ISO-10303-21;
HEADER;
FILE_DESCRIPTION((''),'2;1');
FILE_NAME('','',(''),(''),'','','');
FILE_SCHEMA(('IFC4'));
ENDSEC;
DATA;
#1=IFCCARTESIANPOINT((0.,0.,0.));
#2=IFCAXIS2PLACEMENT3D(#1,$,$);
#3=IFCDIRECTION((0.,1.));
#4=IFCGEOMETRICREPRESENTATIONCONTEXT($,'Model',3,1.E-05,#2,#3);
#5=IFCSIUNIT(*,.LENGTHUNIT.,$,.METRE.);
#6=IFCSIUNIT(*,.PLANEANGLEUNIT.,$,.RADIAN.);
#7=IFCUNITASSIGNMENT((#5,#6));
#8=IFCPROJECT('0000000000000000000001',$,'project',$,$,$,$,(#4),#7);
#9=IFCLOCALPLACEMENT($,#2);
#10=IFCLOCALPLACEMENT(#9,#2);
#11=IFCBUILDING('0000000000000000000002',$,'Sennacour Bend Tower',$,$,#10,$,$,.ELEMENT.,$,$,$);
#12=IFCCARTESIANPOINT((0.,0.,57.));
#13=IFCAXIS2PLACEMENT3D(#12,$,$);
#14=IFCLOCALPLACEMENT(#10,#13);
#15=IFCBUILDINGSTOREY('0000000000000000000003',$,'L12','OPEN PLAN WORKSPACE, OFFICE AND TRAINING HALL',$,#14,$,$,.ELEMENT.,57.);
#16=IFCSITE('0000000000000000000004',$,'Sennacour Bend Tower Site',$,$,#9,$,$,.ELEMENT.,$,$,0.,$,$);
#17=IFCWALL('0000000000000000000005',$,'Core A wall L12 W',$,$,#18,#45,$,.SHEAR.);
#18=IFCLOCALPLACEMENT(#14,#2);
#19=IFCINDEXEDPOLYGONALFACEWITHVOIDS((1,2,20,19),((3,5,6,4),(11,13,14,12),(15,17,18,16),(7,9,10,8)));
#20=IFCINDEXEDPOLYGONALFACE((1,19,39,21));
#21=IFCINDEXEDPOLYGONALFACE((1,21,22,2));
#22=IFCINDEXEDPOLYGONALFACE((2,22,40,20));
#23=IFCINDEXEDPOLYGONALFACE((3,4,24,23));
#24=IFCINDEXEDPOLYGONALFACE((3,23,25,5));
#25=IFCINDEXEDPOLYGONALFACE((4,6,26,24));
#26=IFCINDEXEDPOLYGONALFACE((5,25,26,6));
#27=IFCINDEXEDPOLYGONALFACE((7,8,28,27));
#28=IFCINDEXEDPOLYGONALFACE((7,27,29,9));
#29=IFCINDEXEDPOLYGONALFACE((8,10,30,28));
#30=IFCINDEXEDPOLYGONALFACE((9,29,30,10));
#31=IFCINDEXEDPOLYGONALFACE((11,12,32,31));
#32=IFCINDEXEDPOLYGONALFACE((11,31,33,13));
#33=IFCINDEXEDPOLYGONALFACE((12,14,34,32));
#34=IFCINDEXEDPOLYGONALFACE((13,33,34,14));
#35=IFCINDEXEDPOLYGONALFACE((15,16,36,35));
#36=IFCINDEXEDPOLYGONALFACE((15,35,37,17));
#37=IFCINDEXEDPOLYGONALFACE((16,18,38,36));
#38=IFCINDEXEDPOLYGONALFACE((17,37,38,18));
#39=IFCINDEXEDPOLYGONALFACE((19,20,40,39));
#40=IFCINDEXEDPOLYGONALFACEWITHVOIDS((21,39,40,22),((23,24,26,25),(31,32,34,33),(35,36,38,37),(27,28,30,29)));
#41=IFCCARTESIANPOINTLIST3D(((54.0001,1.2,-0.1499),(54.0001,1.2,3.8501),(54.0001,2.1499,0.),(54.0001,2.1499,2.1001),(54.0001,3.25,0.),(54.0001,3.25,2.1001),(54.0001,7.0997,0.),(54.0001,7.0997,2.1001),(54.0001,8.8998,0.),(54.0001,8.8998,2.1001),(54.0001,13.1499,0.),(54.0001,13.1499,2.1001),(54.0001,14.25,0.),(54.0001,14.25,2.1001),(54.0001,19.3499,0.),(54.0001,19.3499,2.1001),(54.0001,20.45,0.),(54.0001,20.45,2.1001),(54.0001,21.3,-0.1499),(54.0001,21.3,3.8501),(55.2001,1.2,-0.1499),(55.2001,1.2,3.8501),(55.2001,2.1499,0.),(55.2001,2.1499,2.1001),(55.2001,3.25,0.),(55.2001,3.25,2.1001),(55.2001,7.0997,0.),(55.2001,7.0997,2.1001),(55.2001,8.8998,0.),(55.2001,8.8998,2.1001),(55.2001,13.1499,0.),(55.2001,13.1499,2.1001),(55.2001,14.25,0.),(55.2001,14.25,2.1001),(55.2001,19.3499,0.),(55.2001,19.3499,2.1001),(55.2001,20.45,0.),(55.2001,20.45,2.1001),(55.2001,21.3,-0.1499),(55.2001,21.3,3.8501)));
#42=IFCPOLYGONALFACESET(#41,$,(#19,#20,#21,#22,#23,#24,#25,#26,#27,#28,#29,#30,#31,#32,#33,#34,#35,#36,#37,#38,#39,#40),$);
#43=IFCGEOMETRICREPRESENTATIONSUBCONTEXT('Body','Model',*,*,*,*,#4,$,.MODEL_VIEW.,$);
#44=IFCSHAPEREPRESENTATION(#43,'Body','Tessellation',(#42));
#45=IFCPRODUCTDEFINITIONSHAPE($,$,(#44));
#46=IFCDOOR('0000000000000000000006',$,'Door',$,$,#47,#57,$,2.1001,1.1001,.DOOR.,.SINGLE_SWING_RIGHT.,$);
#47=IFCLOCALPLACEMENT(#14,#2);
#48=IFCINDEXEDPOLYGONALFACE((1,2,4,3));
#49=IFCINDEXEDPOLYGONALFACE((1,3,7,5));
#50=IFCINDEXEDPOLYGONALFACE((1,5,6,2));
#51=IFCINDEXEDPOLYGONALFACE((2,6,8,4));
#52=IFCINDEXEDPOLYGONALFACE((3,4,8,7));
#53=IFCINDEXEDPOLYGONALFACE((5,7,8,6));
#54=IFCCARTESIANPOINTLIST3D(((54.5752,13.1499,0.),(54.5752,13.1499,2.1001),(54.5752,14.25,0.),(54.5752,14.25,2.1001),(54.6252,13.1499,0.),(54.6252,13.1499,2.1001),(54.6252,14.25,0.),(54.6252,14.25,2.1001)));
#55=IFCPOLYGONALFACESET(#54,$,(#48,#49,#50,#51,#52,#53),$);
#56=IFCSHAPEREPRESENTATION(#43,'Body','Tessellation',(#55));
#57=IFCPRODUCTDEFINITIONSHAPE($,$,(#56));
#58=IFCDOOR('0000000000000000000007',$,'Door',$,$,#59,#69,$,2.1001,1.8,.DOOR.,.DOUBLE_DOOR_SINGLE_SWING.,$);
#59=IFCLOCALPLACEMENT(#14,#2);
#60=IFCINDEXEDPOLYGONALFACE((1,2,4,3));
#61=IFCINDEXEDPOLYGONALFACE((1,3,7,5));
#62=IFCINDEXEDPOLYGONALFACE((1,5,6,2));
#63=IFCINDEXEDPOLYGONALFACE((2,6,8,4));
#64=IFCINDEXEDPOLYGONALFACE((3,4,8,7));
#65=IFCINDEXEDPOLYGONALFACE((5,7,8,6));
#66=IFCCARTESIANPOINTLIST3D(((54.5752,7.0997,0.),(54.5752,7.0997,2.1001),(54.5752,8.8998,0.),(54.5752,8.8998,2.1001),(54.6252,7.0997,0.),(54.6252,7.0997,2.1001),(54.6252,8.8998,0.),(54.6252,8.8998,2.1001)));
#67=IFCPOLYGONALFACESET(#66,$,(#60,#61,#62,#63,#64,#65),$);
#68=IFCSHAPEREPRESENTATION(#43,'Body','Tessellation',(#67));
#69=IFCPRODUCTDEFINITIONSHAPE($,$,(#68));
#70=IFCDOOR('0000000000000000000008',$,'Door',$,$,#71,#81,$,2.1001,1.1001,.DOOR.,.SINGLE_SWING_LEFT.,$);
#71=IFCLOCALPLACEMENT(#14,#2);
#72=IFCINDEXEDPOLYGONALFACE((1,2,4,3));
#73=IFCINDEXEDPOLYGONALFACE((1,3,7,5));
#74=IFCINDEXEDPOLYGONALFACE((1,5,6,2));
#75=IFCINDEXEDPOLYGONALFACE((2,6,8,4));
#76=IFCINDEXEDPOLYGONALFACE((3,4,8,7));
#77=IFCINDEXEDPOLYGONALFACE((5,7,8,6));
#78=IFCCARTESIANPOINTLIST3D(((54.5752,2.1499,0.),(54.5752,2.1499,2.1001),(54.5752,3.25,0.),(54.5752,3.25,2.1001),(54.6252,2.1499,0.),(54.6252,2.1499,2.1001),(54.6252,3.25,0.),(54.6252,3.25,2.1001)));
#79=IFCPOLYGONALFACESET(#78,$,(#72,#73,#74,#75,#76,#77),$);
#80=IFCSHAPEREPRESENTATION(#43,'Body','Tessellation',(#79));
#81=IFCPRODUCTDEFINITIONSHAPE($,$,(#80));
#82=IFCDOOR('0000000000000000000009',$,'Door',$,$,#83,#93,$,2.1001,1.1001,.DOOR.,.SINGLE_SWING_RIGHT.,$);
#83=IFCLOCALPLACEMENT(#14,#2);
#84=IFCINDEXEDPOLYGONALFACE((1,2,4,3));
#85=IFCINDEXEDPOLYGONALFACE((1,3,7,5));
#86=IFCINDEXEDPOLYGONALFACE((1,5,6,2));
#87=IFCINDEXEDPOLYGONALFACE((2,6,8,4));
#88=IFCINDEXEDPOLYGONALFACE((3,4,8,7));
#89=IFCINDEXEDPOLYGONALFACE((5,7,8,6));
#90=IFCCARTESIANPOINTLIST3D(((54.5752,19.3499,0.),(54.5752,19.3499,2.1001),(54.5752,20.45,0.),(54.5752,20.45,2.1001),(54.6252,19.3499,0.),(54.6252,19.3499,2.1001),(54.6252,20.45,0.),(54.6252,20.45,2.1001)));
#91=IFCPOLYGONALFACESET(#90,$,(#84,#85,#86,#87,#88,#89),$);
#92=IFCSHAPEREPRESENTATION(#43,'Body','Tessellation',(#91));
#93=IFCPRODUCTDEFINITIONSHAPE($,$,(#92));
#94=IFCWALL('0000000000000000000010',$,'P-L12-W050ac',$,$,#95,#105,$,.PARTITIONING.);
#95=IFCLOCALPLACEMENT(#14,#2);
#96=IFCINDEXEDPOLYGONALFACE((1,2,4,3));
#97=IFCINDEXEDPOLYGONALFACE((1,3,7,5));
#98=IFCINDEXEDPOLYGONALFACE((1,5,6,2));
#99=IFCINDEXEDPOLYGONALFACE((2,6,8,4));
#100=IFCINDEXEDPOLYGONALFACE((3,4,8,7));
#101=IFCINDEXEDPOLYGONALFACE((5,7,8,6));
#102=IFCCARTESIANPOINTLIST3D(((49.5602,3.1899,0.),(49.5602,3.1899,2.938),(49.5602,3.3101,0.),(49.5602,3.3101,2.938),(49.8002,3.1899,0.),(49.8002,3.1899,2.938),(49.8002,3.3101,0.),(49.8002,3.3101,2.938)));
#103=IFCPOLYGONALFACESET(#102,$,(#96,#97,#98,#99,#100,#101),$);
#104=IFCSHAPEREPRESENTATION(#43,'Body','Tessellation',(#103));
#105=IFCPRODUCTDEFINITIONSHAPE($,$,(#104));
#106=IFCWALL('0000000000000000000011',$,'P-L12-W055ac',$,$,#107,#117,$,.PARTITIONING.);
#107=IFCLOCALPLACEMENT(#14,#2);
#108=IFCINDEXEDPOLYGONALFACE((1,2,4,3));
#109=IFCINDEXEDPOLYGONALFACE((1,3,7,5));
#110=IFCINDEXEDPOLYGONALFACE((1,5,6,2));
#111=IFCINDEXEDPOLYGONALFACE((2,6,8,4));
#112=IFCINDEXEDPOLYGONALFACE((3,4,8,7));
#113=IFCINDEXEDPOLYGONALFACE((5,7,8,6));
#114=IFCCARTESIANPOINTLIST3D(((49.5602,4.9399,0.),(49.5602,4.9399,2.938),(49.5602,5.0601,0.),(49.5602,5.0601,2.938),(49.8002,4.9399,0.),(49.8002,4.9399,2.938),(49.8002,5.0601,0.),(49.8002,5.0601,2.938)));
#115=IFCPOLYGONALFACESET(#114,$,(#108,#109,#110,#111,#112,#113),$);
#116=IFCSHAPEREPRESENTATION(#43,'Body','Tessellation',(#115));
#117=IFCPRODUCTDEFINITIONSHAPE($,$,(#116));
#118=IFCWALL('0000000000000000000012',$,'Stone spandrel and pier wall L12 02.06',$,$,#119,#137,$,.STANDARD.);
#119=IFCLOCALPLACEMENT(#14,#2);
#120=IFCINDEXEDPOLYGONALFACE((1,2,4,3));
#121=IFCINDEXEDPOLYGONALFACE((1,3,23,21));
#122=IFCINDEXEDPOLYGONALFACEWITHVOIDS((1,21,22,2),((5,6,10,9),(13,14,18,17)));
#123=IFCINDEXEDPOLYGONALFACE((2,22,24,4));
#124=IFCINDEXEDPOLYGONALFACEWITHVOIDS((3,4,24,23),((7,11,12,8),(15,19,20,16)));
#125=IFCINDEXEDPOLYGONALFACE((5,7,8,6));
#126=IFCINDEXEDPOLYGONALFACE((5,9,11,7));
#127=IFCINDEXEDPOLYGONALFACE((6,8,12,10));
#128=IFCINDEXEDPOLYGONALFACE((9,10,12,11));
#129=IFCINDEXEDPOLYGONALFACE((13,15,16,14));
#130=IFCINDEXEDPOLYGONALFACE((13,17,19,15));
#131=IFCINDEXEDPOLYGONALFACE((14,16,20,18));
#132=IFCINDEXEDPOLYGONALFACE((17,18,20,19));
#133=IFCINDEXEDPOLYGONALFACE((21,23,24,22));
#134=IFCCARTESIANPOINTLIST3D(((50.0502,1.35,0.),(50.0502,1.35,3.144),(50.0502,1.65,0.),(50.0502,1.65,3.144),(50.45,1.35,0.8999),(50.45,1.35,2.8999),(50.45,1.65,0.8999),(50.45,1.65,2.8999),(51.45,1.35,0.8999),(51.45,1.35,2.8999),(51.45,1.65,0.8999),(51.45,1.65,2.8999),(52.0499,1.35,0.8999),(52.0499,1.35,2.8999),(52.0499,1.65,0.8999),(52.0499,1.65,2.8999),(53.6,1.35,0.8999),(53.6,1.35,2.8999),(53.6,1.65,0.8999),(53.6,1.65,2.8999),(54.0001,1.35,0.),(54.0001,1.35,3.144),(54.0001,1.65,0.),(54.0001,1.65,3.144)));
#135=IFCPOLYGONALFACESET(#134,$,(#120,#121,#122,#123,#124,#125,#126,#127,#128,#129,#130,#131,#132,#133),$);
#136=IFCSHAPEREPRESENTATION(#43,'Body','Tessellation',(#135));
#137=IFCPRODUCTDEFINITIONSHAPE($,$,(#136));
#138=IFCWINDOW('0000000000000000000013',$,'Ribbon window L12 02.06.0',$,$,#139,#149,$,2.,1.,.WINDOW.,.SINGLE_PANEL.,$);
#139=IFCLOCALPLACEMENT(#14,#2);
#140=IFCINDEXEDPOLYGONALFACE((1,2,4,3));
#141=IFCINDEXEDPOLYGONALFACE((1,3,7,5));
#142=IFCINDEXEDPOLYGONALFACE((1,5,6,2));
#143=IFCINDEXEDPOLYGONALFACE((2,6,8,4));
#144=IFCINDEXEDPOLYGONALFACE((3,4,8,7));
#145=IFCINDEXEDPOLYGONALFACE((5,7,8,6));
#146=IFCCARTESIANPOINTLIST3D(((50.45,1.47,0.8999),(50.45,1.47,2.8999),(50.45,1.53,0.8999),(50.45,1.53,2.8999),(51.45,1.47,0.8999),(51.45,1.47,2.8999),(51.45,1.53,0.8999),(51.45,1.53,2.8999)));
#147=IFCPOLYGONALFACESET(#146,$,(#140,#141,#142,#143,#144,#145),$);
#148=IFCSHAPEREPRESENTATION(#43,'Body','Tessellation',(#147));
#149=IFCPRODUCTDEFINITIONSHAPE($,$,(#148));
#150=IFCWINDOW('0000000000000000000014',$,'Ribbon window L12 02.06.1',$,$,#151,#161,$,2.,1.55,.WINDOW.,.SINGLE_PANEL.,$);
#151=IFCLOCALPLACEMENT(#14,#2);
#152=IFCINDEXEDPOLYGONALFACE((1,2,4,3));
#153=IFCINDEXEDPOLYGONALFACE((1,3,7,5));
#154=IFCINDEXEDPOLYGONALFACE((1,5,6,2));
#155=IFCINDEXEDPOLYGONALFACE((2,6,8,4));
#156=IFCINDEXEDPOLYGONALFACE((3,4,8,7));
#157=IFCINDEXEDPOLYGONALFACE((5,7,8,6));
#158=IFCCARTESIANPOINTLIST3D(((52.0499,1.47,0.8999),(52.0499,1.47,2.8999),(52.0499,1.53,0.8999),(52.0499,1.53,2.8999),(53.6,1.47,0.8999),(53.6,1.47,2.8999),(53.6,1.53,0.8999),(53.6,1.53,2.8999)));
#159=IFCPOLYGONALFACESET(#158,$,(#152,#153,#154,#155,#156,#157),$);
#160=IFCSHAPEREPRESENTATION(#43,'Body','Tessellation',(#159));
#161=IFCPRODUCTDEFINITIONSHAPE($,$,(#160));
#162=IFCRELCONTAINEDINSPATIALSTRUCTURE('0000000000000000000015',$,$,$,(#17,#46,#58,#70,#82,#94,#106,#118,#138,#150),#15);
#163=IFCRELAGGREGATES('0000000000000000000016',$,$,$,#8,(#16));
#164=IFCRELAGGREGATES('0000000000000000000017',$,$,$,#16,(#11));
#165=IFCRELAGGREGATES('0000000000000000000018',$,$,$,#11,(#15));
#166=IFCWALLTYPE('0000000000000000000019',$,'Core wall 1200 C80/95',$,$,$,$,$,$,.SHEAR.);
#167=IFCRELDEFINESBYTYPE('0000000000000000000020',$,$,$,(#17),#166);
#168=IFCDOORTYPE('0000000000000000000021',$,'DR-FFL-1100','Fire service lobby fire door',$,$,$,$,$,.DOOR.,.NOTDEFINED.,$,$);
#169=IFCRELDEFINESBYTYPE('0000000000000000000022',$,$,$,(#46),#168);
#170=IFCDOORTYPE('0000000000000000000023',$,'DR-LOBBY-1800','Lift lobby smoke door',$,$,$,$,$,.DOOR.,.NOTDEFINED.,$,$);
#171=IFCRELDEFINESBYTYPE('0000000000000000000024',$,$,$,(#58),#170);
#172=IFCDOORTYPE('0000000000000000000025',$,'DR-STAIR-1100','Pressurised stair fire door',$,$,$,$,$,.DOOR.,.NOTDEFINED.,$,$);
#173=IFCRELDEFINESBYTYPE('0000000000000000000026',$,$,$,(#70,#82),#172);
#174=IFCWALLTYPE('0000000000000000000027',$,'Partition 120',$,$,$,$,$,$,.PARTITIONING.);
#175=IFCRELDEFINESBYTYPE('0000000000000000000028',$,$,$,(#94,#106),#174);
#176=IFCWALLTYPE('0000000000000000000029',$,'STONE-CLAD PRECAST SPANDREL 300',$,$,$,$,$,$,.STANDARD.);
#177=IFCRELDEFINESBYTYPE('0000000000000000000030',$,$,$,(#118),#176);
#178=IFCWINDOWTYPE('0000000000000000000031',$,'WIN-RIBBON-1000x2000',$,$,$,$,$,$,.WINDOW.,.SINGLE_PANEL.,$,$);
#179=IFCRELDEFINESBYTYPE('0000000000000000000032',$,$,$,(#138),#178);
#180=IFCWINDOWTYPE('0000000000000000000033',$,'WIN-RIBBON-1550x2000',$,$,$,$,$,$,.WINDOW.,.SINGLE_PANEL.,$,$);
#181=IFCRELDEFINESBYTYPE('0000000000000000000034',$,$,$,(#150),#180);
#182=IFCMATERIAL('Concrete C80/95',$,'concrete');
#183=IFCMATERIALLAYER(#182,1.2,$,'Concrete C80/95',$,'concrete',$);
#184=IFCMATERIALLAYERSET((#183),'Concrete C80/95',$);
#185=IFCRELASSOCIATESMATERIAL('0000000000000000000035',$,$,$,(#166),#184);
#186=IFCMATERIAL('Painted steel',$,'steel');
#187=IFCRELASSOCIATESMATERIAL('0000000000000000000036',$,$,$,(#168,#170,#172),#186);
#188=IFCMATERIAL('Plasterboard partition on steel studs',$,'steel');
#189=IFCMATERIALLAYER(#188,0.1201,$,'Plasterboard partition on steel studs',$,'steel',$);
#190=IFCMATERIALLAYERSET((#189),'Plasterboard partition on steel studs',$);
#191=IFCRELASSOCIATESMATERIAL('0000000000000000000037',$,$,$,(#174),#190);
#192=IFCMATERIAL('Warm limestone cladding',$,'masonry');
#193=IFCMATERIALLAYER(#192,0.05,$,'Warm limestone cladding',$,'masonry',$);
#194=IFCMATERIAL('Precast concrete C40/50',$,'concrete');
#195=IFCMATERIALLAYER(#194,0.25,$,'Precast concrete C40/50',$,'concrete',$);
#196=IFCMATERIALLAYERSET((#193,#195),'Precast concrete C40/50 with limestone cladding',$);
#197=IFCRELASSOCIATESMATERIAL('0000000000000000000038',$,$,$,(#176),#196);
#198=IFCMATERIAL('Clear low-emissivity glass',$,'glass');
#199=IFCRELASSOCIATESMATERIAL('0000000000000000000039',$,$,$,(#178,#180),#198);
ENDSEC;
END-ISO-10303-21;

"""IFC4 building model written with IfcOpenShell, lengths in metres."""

from ifc_helpers import new_model, si_unit, direction, frame, frame_2d, origin, place, context, subcontext, project, spatial, rectangle, extrude, material, layer, layer_set, type_object, element, fill, save


model = new_model("IFC4")

# Units and contexts
model_context = context("Model", 3, precision=1e-05, world=origin(), true_north=direction((0.0, 1.0)))
body_context = subcontext(model_context, "Body", "Model", "MODEL_VIEW")
ifc_project = project(units=[si_unit("LENGTHUNIT", "METRE"), si_unit("PLANEANGLEUNIT", "RADIAN")], contexts=[model_context])

# Site, building, storey
site_placement = place(None, origin())
site = spatial("IfcSite", under=ifc_project, at=site_placement, Name="Sennacour Bend Tower Site", CompositionType="ELEMENT", RefElevation=0.0)
building_placement = place(site_placement, origin())
building = spatial("IfcBuilding", under=site, at=building_placement, Name="Sennacour Bend Tower", CompositionType="ELEMENT")
storey_placement = place(building_placement, frame((0.0, 0.0, 57.0)))
storey = spatial("IfcBuildingStorey", under=building, at=storey_placement, Name="L12", Description="OPEN PLAN WORKSPACE, OFFICE AND TRAINING HALL", CompositionType="ELEMENT", Elevation=57.0)

# Wall, openings, doors
ifc_material_1 = material(Name="Concrete C80/95", Category="concrete")
ifc_layer_1 = layer(ifc_material_1, 1.2, Name="Concrete C80/95", Category="concrete")
ifc_layer_set_1 = layer_set([ifc_layer_1], Name="Concrete C80/95")
wall_type_1 = type_object("IfcWallType", Name="Core wall 1200 C80/95", PredefinedType="SHEAR", material=ifc_layer_set_1)
wall_1_placement = place(storey_placement, frame((54.6001, 1.2, -0.1499), z_axis=(0.0, 0.0, 1.0), x_axis=(0.0, 1.0, 0.0)))
wall_1 = element("IfcWall", 1, at=wall_1_placement, inside=storey, type_object=wall_type_1, Name="Core A wall L12 W", PredefinedType="SHEAR", context=body_context, shape_type="SweptSolid", body=[
    extrude(rectangle(XDim=20.1001, YDim=1.2, at=frame_2d((10.05, 0.0))), origin(), (0.0, 0.0, 1.0), 4.0),
])
opening_1_placement = place(wall_1_placement, frame((5.8999, 0.0, 0.1499)))
opening_1 = element("IfcOpeningElement", 2, at=opening_1_placement, cuts=wall_1, PredefinedType="OPENING", context=body_context, shape_type="SweptSolid", body=[
    extrude(rectangle(XDim=1.8, YDim=2.1001, at=frame_2d((0.8999, 1.05))), frame((0.0, 0.6099, 0.0), z_axis=(0.0, -1.0, 0.0), x_axis=(1.0, 0.0, 0.0)), (0.0, 0.0, 1.0), 1.22),
])
opening_2_placement = place(wall_1_placement, frame((11.95, 0.0, 0.1499)))
opening_2 = element("IfcOpeningElement", 3, at=opening_2_placement, cuts=wall_1, PredefinedType="OPENING", context=body_context, shape_type="SweptSolid", body=[
    extrude(rectangle(XDim=1.1001, YDim=2.1001, at=frame_2d((0.55, 1.05))), frame((0.0, 0.6099, 0.0), z_axis=(0.0, -1.0, 0.0), x_axis=(1.0, 0.0, 0.0)), (0.0, 0.0, 1.0), 1.22),
])
opening_3_placement = place(wall_1_placement, frame((0.95, 0.0, 0.1499)))
opening_3 = element("IfcOpeningElement", 4, at=opening_3_placement, cuts=wall_1, PredefinedType="OPENING", context=body_context, shape_type="SweptSolid", body=[
    extrude(rectangle(XDim=1.1001, YDim=2.1001, at=frame_2d((0.55, 1.05))), frame((0.0, 0.6099, 0.0), z_axis=(0.0, -1.0, 0.0), x_axis=(1.0, 0.0, 0.0)), (0.0, 0.0, 1.0), 1.22),
])
opening_4_placement = place(wall_1_placement, frame((18.1499, 0.0, 0.1499)))
opening_4 = element("IfcOpeningElement", 5, at=opening_4_placement, cuts=wall_1, PredefinedType="OPENING", context=body_context, shape_type="SweptSolid", body=[
    extrude(rectangle(XDim=1.1001, YDim=2.1001, at=frame_2d((0.55, 1.05))), frame((0.0, 0.6099, 0.0), z_axis=(0.0, -1.0, 0.0), x_axis=(1.0, 0.0, 0.0)), (0.0, 0.0, 1.0), 1.22),
])
ifc_material_2 = material(Name="Painted steel", Category="steel")
door_type_1 = type_object("IfcDoorType", Name="DR-FFL-1100", Description="Fire service lobby fire door", OperationType="NOTDEFINED", PredefinedType="DOOR", material=ifc_material_2)
door_1_placement = place(opening_2_placement, origin())
door_1 = element("IfcDoor", 6, at=door_1_placement, inside=storey, type_object=door_type_1, Name="Door", OperationType="SINGLE_SWING_RIGHT", OverallHeight=2.1001, OverallWidth=1.1001, PredefinedType="DOOR", context=body_context, shape_type="SweptSolid", body=[
    extrude(rectangle(XDim=1.1001, YDim=2.1001, at=frame_2d((0.55, 1.05))), frame((0.0, 0.0249, 0.0), z_axis=(0.0, -1.0, 0.0), x_axis=(1.0, 0.0, 0.0)), (0.0, 0.0, 1.0), 0.05),
])
fill(opening_2, door_1)
door_type_2 = type_object("IfcDoorType", Name="DR-LOBBY-1800", Description="Lift lobby smoke door", OperationType="NOTDEFINED", PredefinedType="DOOR", material=ifc_material_2)
door_2_placement = place(opening_1_placement, origin())
door_2 = element("IfcDoor", 7, at=door_2_placement, inside=storey, type_object=door_type_2, Name="Door", OperationType="DOUBLE_DOOR_SINGLE_SWING", OverallHeight=2.1001, OverallWidth=1.8, PredefinedType="DOOR", context=body_context, shape_type="SweptSolid", body=[
    extrude(rectangle(XDim=1.8, YDim=2.1001, at=frame_2d((0.8999, 1.05))), frame((0.0, 0.0249, 0.0), z_axis=(0.0, -1.0, 0.0), x_axis=(1.0, 0.0, 0.0)), (0.0, 0.0, 1.0), 0.05),
])
fill(opening_1, door_2)
door_type_3 = type_object("IfcDoorType", Name="DR-STAIR-1100", Description="Pressurised stair fire door", OperationType="NOTDEFINED", PredefinedType="DOOR", material=ifc_material_2)
door_3_placement = place(opening_3_placement, origin())
door_3 = element("IfcDoor", 8, at=door_3_placement, inside=storey, type_object=door_type_3, Name="Door", OperationType="SINGLE_SWING_LEFT", OverallHeight=2.1001, OverallWidth=1.1001, PredefinedType="DOOR", context=body_context, shape_type="SweptSolid", body=[
    extrude(rectangle(XDim=1.1001, YDim=2.1001, at=frame_2d((0.55, 1.05))), frame((0.0, 0.0249, 0.0), z_axis=(0.0, -1.0, 0.0), x_axis=(1.0, 0.0, 0.0)), (0.0, 0.0, 1.0), 0.05),
])
fill(opening_3, door_3)
door_4_placement = place(opening_4_placement, origin())
door_4 = element("IfcDoor", 9, at=door_4_placement, inside=storey, type_object=door_type_3, Name="Door", OperationType="SINGLE_SWING_RIGHT", OverallHeight=2.1001, OverallWidth=1.1001, PredefinedType="DOOR", context=body_context, shape_type="SweptSolid", body=[
    extrude(rectangle(XDim=1.1001, YDim=2.1001, at=frame_2d((0.55, 1.05))), frame((0.0, 0.0249, 0.0), z_axis=(0.0, -1.0, 0.0), x_axis=(1.0, 0.0, 0.0)), (0.0, 0.0, 1.0), 0.05),
])
fill(opening_4, door_4)

# Walls
ifc_material_3 = material(Name="Plasterboard partition on steel studs", Category="steel")
ifc_layer_2 = layer(ifc_material_3, 0.1201, Name="Plasterboard partition on steel studs", Category="steel")
ifc_layer_set_2 = layer_set([ifc_layer_2], Name="Plasterboard partition on steel studs")
wall_type_2 = type_object("IfcWallType", Name="Partition 120", PredefinedType="PARTITIONING", material=ifc_layer_set_2)
for number, where, z_axis, x_axis, name in (
    (10, (49.5601, 3.25, 0.0), (0.0, 0.0, 1.0), (1.0, 0.0, 0.0), "P-L12-W050ac"),
    (11, (49.5601, 5.0, 0.0), (0.0, 0.0, 1.0), (1.0, 0.0, 0.0), "P-L12-W055ac"),
):
    element("IfcWall", number, at=place(storey_placement, frame(where, z_axis=z_axis, x_axis=x_axis)), inside=storey, type_object=wall_type_2, Name=name, PredefinedType="PARTITIONING", context=body_context, shape_type="SweptSolid", body=[
        extrude(rectangle(XDim=0.24, YDim=0.1201, at=frame_2d((0.1201, 0.0))), origin(), (0.0, 0.0, 1.0), 2.938),
    ])

# Wall, openings, windows
ifc_material_4 = material(Name="Warm limestone cladding", Category="masonry")
ifc_layer_3 = layer(ifc_material_4, 0.05, Name="Warm limestone cladding", Category="masonry")
ifc_material_5 = material(Name="Precast concrete C40/50", Category="concrete")
ifc_layer_4 = layer(ifc_material_5, 0.25, Name="Precast concrete C40/50", Category="concrete")
ifc_layer_set_3 = layer_set([ifc_layer_3, ifc_layer_4], Name="Precast concrete C40/50 with limestone cladding")
wall_type_3 = type_object("IfcWallType", Name="STONE-CLAD PRECAST SPANDREL 300", PredefinedType="STANDARD", material=ifc_layer_set_3)
wall_2_placement = place(storey_placement, frame((50.05, 1.5, 0.0), z_axis=(0.0, 0.0, 1.0), x_axis=(1.0, 0.0, 0.0)))
wall_2 = element("IfcWall", 12, at=wall_2_placement, inside=storey, type_object=wall_type_3, Name="Stone spandrel and pier wall L12 02.06", PredefinedType="STANDARD", context=body_context, shape_type="SweptSolid", body=[
    extrude(rectangle(XDim=3.95, YDim=0.3, at=frame_2d((1.9751, 0.0))), origin(), (0.0, 0.0, 1.0), 3.144),
])
opening_5_placement = place(wall_2_placement, frame((0.3999, 0.0, 0.8999)))
opening_5 = element("IfcOpeningElement", 13, at=opening_5_placement, cuts=wall_2, PredefinedType="OPENING", context=body_context, shape_type="SweptSolid", body=[
    extrude(rectangle(XDim=1.0, YDim=2.0, at=frame_2d((0.5, 1.0))), frame((0.0, 0.1602, 0.0), z_axis=(0.0, -1.0, 0.0), x_axis=(1.0, 0.0, 0.0)), (0.0, 0.0, 1.0), 0.3201),
])
opening_6_placement = place(wall_2_placement, frame((2.0, 0.0, 0.8999)))
opening_6 = element("IfcOpeningElement", 14, at=opening_6_placement, cuts=wall_2, PredefinedType="OPENING", context=body_context, shape_type="SweptSolid", body=[
    extrude(rectangle(XDim=1.55, YDim=2.0, at=frame_2d((0.7749, 1.0))), frame((0.0, 0.1602, 0.0), z_axis=(0.0, -1.0, 0.0), x_axis=(1.0, 0.0, 0.0)), (0.0, 0.0, 1.0), 0.3201),
])
ifc_material_6 = material(Name="Clear low-emissivity glass", Category="glass")
window_type_1 = type_object("IfcWindowType", Name="WIN-RIBBON-1000x2000", PartitioningType="SINGLE_PANEL", PredefinedType="WINDOW", material=ifc_material_6)
window_1_placement = place(opening_5_placement, origin())
window_1 = element("IfcWindow", 15, at=window_1_placement, inside=storey, type_object=window_type_1, Name="Ribbon window L12 02.06.0", OverallHeight=2.0, OverallWidth=1.0, PartitioningType="SINGLE_PANEL", PredefinedType="WINDOW", context=body_context, shape_type="SweptSolid", body=[
    extrude(rectangle(XDim=1.0, YDim=2.0, at=frame_2d((0.5, 1.0))), frame((0.0, 0.03, 0.0), z_axis=(0.0, -1.0, 0.0), x_axis=(1.0, 0.0, 0.0)), (0.0, 0.0, 1.0), 0.0601),
])
fill(opening_5, window_1)
window_type_2 = type_object("IfcWindowType", Name="WIN-RIBBON-1550x2000", PartitioningType="SINGLE_PANEL", PredefinedType="WINDOW", material=ifc_material_6)
window_2_placement = place(opening_6_placement, origin())
window_2 = element("IfcWindow", 16, at=window_2_placement, inside=storey, type_object=window_type_2, Name="Ribbon window L12 02.06.1", OverallHeight=2.0, OverallWidth=1.55, PartitioningType="SINGLE_PANEL", PredefinedType="WINDOW", context=body_context, shape_type="SweptSolid", body=[
    extrude(rectangle(XDim=1.55, YDim=2.0, at=frame_2d((0.7749, 1.0))), frame((0.0, 0.03, 0.0), z_axis=(0.0, -1.0, 0.0), x_axis=(1.0, 0.0, 0.0)), (0.0, 0.0, 1.0), 0.0601),
])
fill(opening_6, window_2)

save(model, "model.ifc")
